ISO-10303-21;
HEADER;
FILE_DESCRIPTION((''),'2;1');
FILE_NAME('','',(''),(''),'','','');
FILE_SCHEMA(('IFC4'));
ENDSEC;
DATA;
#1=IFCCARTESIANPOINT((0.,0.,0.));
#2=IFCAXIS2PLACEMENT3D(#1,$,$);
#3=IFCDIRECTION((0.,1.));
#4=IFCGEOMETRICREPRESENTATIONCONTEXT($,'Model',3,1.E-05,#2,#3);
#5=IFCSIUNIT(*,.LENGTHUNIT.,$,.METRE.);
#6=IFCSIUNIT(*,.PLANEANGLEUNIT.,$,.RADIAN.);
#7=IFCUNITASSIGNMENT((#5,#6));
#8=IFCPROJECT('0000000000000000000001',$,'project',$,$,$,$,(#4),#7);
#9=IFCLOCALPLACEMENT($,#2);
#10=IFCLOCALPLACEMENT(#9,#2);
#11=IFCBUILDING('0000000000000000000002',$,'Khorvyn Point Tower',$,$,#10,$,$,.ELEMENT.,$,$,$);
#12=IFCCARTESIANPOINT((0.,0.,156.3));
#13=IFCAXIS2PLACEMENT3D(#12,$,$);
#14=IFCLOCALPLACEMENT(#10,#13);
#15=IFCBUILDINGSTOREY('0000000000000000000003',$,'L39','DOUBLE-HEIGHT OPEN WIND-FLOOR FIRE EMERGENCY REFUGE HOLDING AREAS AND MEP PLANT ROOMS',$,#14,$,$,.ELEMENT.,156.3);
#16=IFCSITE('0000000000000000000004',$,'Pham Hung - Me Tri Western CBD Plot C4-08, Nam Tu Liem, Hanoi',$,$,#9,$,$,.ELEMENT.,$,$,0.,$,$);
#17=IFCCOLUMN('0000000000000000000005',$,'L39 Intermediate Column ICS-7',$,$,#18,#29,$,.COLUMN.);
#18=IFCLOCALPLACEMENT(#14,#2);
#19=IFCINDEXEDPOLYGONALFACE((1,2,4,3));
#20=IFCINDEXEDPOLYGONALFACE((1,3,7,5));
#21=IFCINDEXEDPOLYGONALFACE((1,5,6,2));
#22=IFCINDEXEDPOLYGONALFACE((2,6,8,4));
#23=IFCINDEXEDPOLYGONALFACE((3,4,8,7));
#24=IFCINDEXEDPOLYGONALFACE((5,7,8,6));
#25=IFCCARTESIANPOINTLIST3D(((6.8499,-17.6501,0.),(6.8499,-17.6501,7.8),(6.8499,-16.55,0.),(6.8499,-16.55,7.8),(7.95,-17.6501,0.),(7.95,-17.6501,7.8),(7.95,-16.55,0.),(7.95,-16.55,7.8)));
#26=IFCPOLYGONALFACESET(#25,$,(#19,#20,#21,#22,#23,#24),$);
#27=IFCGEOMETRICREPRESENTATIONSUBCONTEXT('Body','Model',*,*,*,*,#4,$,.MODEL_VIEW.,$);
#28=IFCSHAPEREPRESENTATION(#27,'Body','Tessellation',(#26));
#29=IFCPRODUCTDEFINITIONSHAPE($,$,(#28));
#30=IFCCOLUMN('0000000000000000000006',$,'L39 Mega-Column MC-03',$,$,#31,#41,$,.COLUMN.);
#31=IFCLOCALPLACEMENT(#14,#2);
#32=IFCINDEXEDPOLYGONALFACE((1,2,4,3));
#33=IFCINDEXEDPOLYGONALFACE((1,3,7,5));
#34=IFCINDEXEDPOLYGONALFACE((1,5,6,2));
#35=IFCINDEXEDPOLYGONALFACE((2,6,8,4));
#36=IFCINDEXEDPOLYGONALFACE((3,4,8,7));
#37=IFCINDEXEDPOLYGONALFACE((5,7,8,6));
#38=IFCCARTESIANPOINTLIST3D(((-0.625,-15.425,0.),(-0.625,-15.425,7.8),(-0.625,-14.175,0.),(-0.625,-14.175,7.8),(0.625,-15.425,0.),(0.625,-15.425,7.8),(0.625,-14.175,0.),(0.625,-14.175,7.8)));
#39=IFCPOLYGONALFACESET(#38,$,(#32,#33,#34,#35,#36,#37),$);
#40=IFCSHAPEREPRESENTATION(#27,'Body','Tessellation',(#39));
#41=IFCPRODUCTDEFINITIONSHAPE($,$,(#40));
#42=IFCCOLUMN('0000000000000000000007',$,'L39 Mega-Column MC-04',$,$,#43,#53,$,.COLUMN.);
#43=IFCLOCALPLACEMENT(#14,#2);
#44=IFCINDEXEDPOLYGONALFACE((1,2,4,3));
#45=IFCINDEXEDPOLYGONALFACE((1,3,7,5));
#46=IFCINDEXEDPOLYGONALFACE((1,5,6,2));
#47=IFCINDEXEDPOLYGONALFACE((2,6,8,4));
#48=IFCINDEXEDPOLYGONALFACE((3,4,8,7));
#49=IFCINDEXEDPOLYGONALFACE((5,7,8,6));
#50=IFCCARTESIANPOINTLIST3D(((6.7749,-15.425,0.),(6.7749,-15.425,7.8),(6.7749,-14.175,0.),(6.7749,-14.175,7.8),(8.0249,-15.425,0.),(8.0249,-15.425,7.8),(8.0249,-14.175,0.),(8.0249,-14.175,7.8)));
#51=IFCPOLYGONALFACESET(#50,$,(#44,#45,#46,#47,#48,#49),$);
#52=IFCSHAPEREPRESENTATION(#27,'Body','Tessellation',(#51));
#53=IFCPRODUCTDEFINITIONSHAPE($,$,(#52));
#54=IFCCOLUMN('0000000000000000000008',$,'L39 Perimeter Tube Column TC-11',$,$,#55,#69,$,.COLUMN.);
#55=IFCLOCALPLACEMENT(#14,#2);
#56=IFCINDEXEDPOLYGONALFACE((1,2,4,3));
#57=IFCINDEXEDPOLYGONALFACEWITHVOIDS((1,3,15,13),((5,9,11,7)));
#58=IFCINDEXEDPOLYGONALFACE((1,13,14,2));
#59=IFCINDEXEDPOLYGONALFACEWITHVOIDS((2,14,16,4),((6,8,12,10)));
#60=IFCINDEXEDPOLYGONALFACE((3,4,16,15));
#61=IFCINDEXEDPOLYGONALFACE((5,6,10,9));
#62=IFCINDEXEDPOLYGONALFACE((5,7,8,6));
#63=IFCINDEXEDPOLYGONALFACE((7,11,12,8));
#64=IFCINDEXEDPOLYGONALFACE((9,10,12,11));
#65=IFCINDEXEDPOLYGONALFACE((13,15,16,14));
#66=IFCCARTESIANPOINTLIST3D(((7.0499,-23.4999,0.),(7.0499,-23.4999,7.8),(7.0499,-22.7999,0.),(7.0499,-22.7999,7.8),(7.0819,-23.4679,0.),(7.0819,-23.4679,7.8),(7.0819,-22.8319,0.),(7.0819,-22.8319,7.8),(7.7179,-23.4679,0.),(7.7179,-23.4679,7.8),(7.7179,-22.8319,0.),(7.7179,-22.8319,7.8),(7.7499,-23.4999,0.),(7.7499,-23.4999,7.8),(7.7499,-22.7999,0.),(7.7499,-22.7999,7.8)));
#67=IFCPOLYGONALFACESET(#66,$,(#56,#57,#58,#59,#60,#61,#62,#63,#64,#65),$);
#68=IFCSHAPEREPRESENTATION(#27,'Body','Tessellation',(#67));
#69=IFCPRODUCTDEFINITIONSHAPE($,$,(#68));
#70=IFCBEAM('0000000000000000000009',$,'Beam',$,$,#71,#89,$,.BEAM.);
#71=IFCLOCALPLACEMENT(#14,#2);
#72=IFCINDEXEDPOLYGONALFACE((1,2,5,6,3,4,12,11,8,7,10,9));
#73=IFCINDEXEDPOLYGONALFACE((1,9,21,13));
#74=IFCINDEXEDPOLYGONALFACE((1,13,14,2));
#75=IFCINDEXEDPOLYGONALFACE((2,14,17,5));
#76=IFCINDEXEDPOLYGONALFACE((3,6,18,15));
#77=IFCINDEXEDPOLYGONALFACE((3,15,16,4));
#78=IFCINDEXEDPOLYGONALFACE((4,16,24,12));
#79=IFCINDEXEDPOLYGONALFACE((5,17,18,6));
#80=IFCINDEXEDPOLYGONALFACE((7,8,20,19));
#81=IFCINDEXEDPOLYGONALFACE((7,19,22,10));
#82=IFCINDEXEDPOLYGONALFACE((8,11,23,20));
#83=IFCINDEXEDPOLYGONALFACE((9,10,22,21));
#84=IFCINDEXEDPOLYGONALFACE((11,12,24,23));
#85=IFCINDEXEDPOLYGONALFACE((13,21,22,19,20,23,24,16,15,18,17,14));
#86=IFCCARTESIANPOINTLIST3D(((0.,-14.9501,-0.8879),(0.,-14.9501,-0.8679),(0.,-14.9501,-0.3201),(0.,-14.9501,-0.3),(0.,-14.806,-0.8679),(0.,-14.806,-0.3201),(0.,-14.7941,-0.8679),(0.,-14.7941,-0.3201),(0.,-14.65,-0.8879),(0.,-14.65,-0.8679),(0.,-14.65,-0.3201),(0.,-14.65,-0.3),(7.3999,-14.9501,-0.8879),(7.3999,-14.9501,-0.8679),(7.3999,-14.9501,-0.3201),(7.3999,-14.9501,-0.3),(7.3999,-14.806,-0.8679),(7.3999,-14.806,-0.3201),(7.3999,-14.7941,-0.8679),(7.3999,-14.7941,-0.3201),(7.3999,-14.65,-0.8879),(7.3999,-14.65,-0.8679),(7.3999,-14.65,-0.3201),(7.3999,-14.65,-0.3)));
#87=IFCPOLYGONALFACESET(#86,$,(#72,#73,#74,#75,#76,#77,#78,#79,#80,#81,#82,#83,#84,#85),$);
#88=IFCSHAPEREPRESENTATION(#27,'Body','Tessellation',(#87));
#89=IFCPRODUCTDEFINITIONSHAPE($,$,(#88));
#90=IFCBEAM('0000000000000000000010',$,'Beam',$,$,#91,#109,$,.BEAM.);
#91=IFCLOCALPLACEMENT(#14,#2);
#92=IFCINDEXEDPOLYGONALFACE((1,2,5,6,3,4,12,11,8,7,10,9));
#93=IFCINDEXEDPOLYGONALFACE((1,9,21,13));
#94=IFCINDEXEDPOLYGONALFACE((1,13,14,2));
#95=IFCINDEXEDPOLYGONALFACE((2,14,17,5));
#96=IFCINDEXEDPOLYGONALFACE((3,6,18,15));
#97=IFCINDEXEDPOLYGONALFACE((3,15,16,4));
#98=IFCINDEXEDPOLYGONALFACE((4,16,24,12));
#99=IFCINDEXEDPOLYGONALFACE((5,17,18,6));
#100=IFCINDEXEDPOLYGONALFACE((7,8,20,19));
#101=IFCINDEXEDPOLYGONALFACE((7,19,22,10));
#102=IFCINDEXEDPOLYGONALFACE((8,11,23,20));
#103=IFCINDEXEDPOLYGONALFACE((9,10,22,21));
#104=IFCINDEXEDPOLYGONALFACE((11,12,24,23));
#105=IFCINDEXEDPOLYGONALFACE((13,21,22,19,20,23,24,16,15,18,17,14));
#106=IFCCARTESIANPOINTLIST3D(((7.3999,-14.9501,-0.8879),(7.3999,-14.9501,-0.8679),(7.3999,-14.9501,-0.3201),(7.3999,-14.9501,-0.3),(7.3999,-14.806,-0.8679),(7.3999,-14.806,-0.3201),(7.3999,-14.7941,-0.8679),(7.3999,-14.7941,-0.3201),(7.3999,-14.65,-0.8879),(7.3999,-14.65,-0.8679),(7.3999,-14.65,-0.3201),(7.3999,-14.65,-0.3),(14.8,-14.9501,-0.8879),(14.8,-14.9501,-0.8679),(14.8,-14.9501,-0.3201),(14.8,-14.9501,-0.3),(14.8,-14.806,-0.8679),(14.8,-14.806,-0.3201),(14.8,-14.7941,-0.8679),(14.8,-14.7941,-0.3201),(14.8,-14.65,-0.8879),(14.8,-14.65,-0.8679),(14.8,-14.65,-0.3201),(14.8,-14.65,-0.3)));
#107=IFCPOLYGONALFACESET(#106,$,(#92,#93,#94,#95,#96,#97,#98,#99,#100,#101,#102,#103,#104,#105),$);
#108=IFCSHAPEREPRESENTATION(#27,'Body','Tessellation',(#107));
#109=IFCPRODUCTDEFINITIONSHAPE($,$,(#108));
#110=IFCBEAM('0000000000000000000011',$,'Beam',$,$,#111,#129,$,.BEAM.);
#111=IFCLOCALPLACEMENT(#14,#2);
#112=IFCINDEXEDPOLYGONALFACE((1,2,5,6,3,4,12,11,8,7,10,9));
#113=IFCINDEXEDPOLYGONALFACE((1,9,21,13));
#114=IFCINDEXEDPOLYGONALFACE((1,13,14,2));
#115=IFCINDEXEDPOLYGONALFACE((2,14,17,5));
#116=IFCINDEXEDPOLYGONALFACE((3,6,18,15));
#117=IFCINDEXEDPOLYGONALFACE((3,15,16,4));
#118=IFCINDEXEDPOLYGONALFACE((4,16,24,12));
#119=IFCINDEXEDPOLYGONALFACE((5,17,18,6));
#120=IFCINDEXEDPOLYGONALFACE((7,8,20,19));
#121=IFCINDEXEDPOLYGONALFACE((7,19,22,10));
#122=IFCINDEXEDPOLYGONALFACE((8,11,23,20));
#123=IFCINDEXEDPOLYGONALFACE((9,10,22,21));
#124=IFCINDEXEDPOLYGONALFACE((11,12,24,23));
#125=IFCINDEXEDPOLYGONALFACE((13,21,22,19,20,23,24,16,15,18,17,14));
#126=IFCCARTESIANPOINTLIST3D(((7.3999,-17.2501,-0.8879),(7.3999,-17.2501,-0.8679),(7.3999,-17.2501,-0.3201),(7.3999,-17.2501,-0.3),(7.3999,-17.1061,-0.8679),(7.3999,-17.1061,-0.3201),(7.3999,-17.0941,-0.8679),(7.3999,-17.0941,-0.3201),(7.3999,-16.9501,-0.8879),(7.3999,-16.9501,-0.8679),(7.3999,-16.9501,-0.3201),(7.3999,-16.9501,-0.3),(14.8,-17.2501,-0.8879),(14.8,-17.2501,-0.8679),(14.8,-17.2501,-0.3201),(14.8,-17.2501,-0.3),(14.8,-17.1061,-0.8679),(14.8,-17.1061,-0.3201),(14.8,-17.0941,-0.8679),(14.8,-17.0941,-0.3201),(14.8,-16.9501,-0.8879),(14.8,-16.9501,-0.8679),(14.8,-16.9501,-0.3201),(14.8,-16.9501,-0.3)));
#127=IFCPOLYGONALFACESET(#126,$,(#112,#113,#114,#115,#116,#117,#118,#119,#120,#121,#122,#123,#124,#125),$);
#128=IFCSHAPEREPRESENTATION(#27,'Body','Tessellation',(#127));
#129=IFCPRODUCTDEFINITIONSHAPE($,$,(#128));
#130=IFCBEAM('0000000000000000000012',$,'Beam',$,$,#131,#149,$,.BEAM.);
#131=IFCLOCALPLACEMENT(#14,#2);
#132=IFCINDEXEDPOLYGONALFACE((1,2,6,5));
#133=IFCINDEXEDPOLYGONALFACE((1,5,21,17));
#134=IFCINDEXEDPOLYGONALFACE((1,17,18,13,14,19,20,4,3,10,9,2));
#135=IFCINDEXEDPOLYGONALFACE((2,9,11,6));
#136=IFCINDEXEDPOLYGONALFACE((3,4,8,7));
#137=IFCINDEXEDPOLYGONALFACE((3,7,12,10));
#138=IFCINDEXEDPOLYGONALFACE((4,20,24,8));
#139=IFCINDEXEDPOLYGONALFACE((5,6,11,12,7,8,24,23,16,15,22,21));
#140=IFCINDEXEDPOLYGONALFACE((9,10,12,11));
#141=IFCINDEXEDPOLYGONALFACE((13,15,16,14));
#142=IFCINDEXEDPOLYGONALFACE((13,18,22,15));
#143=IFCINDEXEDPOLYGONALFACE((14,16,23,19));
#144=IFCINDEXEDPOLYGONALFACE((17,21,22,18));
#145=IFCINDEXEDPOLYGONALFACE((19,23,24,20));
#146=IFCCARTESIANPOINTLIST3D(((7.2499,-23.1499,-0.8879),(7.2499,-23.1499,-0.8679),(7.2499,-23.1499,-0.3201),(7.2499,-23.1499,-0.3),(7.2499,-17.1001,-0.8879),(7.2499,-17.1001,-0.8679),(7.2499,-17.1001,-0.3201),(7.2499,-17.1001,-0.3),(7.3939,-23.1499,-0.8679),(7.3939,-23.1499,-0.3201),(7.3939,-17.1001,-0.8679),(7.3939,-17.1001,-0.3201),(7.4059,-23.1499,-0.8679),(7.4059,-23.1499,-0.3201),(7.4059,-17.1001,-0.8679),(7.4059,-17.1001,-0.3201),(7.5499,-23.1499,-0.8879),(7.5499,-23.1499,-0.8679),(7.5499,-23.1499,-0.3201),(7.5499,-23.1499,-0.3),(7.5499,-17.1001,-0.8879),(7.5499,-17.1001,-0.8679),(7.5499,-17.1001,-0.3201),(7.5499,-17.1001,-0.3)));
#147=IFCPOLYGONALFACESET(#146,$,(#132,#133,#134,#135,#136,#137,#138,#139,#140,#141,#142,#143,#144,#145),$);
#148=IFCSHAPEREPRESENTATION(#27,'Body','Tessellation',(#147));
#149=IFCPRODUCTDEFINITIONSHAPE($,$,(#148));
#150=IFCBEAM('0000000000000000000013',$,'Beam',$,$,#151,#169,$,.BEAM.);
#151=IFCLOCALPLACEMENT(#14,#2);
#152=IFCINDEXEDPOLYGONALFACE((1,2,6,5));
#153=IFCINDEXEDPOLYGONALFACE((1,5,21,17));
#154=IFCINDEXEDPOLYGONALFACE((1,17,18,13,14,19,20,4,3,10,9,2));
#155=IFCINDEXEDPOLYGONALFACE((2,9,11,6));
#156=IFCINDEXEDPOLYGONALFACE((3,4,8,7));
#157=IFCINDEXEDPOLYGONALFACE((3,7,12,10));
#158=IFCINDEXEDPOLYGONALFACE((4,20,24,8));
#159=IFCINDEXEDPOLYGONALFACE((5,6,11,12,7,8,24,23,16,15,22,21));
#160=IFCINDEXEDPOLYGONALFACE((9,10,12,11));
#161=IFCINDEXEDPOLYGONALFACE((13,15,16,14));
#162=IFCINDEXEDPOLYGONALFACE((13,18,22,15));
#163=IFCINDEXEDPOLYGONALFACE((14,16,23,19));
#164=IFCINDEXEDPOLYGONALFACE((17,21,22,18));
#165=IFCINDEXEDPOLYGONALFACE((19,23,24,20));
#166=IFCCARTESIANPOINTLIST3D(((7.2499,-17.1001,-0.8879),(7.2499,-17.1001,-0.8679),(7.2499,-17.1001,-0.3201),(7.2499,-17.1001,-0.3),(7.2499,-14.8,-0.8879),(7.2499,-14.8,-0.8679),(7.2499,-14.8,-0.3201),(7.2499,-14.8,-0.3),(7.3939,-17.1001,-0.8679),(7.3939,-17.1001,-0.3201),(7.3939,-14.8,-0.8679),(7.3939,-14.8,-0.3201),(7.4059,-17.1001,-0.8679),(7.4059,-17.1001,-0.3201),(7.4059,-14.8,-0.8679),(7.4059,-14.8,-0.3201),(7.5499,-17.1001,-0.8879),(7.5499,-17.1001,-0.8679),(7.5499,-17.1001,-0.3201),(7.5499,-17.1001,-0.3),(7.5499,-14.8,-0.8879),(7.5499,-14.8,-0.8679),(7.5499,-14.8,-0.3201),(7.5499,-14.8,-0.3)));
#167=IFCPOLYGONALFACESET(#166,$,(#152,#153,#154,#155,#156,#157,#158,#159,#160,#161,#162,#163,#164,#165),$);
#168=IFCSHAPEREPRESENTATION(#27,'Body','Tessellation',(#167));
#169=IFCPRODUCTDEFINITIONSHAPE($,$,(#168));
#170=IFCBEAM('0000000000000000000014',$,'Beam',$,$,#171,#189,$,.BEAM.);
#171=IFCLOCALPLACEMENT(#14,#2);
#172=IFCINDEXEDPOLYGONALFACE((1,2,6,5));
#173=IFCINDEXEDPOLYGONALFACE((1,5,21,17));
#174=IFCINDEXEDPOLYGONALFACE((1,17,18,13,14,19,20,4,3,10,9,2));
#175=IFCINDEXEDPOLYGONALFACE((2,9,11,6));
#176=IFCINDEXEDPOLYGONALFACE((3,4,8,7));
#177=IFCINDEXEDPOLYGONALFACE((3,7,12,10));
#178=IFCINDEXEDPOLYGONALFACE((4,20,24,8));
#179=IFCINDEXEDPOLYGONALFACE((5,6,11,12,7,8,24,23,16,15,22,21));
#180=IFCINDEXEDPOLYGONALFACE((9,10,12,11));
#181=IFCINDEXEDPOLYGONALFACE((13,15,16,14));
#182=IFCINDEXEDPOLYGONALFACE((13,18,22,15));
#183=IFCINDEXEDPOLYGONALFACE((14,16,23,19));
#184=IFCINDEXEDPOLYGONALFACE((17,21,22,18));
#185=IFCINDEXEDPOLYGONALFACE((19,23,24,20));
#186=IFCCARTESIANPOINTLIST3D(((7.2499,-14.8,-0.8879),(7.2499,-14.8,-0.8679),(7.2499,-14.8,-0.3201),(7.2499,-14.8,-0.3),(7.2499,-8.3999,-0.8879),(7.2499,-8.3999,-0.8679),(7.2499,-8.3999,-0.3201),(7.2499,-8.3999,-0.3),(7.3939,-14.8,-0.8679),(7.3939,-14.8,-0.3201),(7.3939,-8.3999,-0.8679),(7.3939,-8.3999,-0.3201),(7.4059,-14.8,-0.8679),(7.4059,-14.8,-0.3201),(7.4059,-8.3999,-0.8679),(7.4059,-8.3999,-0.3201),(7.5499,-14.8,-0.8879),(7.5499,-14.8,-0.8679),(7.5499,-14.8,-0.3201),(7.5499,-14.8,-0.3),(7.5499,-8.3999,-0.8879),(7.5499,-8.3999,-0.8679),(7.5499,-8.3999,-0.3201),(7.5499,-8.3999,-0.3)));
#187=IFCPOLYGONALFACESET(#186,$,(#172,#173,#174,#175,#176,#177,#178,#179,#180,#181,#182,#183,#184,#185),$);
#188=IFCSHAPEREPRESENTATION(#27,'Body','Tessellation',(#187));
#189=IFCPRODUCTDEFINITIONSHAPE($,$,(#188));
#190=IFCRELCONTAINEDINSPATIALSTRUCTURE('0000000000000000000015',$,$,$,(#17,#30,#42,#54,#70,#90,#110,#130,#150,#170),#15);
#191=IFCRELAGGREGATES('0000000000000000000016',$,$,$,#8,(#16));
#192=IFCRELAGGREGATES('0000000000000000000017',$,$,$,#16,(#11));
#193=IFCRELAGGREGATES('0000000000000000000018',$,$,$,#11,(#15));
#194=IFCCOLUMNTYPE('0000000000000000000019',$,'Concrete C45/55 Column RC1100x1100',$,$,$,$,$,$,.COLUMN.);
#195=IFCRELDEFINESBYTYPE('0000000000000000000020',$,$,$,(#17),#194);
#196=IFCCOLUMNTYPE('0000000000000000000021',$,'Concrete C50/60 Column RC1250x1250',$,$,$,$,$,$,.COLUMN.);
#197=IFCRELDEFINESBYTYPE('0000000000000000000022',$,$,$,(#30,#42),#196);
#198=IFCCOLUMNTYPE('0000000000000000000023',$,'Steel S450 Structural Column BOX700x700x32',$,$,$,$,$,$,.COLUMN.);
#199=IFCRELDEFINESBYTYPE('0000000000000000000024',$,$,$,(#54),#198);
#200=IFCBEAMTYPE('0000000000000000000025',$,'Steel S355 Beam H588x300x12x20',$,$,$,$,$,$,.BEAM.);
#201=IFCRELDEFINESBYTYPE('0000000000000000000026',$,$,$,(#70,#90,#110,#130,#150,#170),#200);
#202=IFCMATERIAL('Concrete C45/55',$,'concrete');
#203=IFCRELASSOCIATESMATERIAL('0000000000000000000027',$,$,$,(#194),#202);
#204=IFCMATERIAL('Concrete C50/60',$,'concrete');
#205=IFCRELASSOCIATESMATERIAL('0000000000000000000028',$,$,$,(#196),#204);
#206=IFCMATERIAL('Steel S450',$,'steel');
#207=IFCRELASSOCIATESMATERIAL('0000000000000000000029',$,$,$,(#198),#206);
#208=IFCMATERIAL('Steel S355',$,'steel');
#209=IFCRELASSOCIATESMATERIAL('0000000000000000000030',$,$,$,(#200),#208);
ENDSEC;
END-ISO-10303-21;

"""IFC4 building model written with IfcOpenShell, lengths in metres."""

from ifc_helpers import new_model, si_unit, direction, frame, origin, origin_2d, place, context, subcontext, project, spatial, rectangle, hollow_rectangle, i_section, extrude, material, material_profile, profile_set, type_object, element, save


model = new_model("IFC4")

# Units and contexts
model_context = context("Model", 3, precision=1e-05, world=origin(), true_north=direction((0.0, 1.0)))
body_context = subcontext(model_context, "Body", "Model", "MODEL_VIEW")
ifc_project = project(units=[si_unit("LENGTHUNIT", "METRE"), si_unit("PLANEANGLEUNIT", "RADIAN")], contexts=[model_context])

# Site, building, storey
site_placement = place(None, origin())
site = spatial("IfcSite", under=ifc_project, at=site_placement, Name="Pham Hung - Me Tri Western CBD Plot C4-08, Nam Tu Liem, Hanoi", CompositionType="ELEMENT", RefElevation=0.0)
building_placement = place(site_placement, origin())
building = spatial("IfcBuilding", under=site, at=building_placement, Name="Khorvyn Point Tower", CompositionType="ELEMENT")
storey_placement = place(building_placement, frame((0.0, 0.0, 156.3)))
storey = spatial("IfcBuildingStorey", under=building, at=storey_placement, Name="L39", Description="DOUBLE-HEIGHT OPEN WIND-FLOOR FIRE EMERGENCY REFUGE HOLDING AREAS AND MEP PLANT ROOMS", CompositionType="ELEMENT", Elevation=156.3)

# Columns
ifc_material_1 = material(Name="Concrete C45/55", Category="concrete")
ifc_material_profile_1 = material_profile(ifc_material_1, rectangle(XDim=1.1001, YDim=1.1001, at=origin_2d()))
ifc_profile_set_1 = profile_set([ifc_material_profile_1], Name="Concrete C45/55 RC1100x1100")
column_type_1 = type_object("IfcColumnType", Name="Concrete C45/55 Column RC1100x1100", PredefinedType="COLUMN", material=ifc_profile_set_1)
column_1_placement = place(storey_placement, frame((7.3999, -17.1001, 0.0), z_axis=(0.0, 0.0, 1.0), x_axis=(1.0, 0.0, 0.0)))
element("IfcColumn", 1, at=column_1_placement, inside=storey, type_object=column_type_1, Name="L39 Intermediate Column ICS-7", PredefinedType="COLUMN", context=body_context, shape_type="SweptSolid", body=[
    extrude(rectangle(XDim=1.1001, YDim=1.1001, at=origin_2d()), origin(), (0.0, 0.0, 1.0), 7.8),
])
ifc_material_2 = material(Name="Concrete C50/60", Category="concrete")
ifc_material_profile_2 = material_profile(ifc_material_2, rectangle(XDim=1.25, YDim=1.25, at=origin_2d()))
ifc_profile_set_2 = profile_set([ifc_material_profile_2], Name="Concrete C50/60 RC1250x1250")
column_type_2 = type_object("IfcColumnType", Name="Concrete C50/60 Column RC1250x1250", PredefinedType="COLUMN", material=ifc_profile_set_2)
for number, where, z_axis, x_axis, name in (
    (2, (0.0, -14.8, 0.0), (0.0, 0.0, 1.0), (1.0, 0.0, 0.0), "L39 Mega-Column MC-03"),
    (3, (7.3999, -14.8, 0.0), (0.0, 0.0, 1.0), (1.0, 0.0, 0.0), "L39 Mega-Column MC-04"),
):
    element("IfcColumn", number, at=place(storey_placement, frame(where, z_axis=z_axis, x_axis=x_axis)), inside=storey, type_object=column_type_2, Name=name, PredefinedType="COLUMN", context=body_context, shape_type="SweptSolid", body=[
        extrude(rectangle(XDim=1.25, YDim=1.25, at=origin_2d()), origin(), (0.0, 0.0, 1.0), 7.8),
    ])
ifc_material_3 = material(Name="Steel S450", Category="steel")
ifc_material_profile_3 = material_profile(ifc_material_3, hollow_rectangle(XDim=0.7, YDim=0.7, WallThickness=0.032, at=origin_2d()))
ifc_profile_set_3 = profile_set([ifc_material_profile_3], Name="Steel S450 BOX700x700x32")
column_type_3 = type_object("IfcColumnType", Name="Steel S450 Structural Column BOX700x700x32", PredefinedType="COLUMN", material=ifc_profile_set_3)
column_2_placement = place(storey_placement, frame((7.3999, -23.1499, 0.0), z_axis=(0.0, 0.0, 1.0), x_axis=(1.0, 0.0, 0.0)))
element("IfcColumn", 4, at=column_2_placement, inside=storey, type_object=column_type_3, Name="L39 Perimeter Tube Column TC-11", PredefinedType="COLUMN", context=body_context, shape_type="SweptSolid", body=[
    extrude(hollow_rectangle(XDim=0.7, YDim=0.7, WallThickness=0.032, at=origin_2d()), origin(), (0.0, 0.0, 1.0), 7.8),
])

# Beams
ifc_material_4 = material(Name="Steel S355", Category="steel")
ifc_material_profile_4 = material_profile(ifc_material_4, i_section(OverallWidth=0.3, OverallDepth=0.5879, WebThickness=0.012, FlangeThickness=0.02, at=origin_2d()))
ifc_profile_set_4 = profile_set([ifc_material_profile_4], Name="Steel S355 H588x300x12x20")
beam_type_1 = type_object("IfcBeamType", Name="Steel S355 Beam H588x300x12x20", PredefinedType="BEAM", material=ifc_profile_set_4)
beam_1_placement = place(storey_placement, frame((0.0, -14.8, -0.594), z_axis=(1.0, 0.0, 0.0), x_axis=(0.0, 1.0, 0.0)))
element("IfcBeam", 5, at=beam_1_placement, inside=storey, type_object=beam_type_1, Name="Beam", PredefinedType="BEAM", context=body_context, shape_type="SweptSolid", body=[
    extrude(i_section(OverallWidth=0.3, OverallDepth=0.5879, WebThickness=0.012, FlangeThickness=0.02, at=origin_2d()), origin(), (0.0, 0.0, 1.0), 7.3999),
])
for number, where, z_axis, x_axis, name in (
    (6, (7.3999, -14.8, -0.594), (1.0, 0.0, 0.0), (0.0, 1.0, 0.0), "Beam"),
    (7, (7.3999, -17.1001, -0.594), (1.0, 0.0, 0.0), (0.0, 1.0, 0.0), "Beam"),
):
    element("IfcBeam", number, at=place(storey_placement, frame(where, z_axis=z_axis, x_axis=x_axis)), inside=storey, type_object=beam_type_1, Name=name, PredefinedType="BEAM", context=body_context, shape_type="SweptSolid", body=[
        extrude(i_section(OverallWidth=0.3, OverallDepth=0.5879, WebThickness=0.012, FlangeThickness=0.02, at=origin_2d()), origin(), (0.0, 0.0, 1.0), 7.4001),
    ])
beam_2_placement = place(storey_placement, frame((7.3999, -23.1499, -0.594), z_axis=(0.0, 1.0, 0.0), x_axis=(-1.0, 0.0, 0.0)))
element("IfcBeam", 8, at=beam_2_placement, inside=storey, type_object=beam_type_1, Name="Beam", PredefinedType="BEAM", context=body_context, shape_type="SweptSolid", body=[
    extrude(i_section(OverallWidth=0.3, OverallDepth=0.5879, WebThickness=0.012, FlangeThickness=0.02, at=origin_2d()), origin(), (0.0, 0.0, 1.0), 6.0498),
])
beam_3_placement = place(storey_placement, frame((7.3999, -17.1001, -0.594), z_axis=(0.0, 1.0, 0.0), x_axis=(-1.0, 0.0, 0.0)))
element("IfcBeam", 9, at=beam_3_placement, inside=storey, type_object=beam_type_1, Name="Beam", PredefinedType="BEAM", context=body_context, shape_type="SweptSolid", body=[
    extrude(i_section(OverallWidth=0.3, OverallDepth=0.5879, WebThickness=0.012, FlangeThickness=0.02, at=origin_2d()), origin(), (0.0, 0.0, 1.0), 2.3),
])
beam_4_placement = place(storey_placement, frame((7.3999, -14.8, -0.594), z_axis=(0.0, 1.0, 0.0), x_axis=(-1.0, 0.0, 0.0)))
element("IfcBeam", 10, at=beam_4_placement, inside=storey, type_object=beam_type_1, Name="Beam", PredefinedType="BEAM", context=body_context, shape_type="SweptSolid", body=[
    extrude(i_section(OverallWidth=0.3, OverallDepth=0.5879, WebThickness=0.012, FlangeThickness=0.02, at=origin_2d()), origin(), (0.0, 0.0, 1.0), 6.4001),
])

save(model, "model.ifc")
